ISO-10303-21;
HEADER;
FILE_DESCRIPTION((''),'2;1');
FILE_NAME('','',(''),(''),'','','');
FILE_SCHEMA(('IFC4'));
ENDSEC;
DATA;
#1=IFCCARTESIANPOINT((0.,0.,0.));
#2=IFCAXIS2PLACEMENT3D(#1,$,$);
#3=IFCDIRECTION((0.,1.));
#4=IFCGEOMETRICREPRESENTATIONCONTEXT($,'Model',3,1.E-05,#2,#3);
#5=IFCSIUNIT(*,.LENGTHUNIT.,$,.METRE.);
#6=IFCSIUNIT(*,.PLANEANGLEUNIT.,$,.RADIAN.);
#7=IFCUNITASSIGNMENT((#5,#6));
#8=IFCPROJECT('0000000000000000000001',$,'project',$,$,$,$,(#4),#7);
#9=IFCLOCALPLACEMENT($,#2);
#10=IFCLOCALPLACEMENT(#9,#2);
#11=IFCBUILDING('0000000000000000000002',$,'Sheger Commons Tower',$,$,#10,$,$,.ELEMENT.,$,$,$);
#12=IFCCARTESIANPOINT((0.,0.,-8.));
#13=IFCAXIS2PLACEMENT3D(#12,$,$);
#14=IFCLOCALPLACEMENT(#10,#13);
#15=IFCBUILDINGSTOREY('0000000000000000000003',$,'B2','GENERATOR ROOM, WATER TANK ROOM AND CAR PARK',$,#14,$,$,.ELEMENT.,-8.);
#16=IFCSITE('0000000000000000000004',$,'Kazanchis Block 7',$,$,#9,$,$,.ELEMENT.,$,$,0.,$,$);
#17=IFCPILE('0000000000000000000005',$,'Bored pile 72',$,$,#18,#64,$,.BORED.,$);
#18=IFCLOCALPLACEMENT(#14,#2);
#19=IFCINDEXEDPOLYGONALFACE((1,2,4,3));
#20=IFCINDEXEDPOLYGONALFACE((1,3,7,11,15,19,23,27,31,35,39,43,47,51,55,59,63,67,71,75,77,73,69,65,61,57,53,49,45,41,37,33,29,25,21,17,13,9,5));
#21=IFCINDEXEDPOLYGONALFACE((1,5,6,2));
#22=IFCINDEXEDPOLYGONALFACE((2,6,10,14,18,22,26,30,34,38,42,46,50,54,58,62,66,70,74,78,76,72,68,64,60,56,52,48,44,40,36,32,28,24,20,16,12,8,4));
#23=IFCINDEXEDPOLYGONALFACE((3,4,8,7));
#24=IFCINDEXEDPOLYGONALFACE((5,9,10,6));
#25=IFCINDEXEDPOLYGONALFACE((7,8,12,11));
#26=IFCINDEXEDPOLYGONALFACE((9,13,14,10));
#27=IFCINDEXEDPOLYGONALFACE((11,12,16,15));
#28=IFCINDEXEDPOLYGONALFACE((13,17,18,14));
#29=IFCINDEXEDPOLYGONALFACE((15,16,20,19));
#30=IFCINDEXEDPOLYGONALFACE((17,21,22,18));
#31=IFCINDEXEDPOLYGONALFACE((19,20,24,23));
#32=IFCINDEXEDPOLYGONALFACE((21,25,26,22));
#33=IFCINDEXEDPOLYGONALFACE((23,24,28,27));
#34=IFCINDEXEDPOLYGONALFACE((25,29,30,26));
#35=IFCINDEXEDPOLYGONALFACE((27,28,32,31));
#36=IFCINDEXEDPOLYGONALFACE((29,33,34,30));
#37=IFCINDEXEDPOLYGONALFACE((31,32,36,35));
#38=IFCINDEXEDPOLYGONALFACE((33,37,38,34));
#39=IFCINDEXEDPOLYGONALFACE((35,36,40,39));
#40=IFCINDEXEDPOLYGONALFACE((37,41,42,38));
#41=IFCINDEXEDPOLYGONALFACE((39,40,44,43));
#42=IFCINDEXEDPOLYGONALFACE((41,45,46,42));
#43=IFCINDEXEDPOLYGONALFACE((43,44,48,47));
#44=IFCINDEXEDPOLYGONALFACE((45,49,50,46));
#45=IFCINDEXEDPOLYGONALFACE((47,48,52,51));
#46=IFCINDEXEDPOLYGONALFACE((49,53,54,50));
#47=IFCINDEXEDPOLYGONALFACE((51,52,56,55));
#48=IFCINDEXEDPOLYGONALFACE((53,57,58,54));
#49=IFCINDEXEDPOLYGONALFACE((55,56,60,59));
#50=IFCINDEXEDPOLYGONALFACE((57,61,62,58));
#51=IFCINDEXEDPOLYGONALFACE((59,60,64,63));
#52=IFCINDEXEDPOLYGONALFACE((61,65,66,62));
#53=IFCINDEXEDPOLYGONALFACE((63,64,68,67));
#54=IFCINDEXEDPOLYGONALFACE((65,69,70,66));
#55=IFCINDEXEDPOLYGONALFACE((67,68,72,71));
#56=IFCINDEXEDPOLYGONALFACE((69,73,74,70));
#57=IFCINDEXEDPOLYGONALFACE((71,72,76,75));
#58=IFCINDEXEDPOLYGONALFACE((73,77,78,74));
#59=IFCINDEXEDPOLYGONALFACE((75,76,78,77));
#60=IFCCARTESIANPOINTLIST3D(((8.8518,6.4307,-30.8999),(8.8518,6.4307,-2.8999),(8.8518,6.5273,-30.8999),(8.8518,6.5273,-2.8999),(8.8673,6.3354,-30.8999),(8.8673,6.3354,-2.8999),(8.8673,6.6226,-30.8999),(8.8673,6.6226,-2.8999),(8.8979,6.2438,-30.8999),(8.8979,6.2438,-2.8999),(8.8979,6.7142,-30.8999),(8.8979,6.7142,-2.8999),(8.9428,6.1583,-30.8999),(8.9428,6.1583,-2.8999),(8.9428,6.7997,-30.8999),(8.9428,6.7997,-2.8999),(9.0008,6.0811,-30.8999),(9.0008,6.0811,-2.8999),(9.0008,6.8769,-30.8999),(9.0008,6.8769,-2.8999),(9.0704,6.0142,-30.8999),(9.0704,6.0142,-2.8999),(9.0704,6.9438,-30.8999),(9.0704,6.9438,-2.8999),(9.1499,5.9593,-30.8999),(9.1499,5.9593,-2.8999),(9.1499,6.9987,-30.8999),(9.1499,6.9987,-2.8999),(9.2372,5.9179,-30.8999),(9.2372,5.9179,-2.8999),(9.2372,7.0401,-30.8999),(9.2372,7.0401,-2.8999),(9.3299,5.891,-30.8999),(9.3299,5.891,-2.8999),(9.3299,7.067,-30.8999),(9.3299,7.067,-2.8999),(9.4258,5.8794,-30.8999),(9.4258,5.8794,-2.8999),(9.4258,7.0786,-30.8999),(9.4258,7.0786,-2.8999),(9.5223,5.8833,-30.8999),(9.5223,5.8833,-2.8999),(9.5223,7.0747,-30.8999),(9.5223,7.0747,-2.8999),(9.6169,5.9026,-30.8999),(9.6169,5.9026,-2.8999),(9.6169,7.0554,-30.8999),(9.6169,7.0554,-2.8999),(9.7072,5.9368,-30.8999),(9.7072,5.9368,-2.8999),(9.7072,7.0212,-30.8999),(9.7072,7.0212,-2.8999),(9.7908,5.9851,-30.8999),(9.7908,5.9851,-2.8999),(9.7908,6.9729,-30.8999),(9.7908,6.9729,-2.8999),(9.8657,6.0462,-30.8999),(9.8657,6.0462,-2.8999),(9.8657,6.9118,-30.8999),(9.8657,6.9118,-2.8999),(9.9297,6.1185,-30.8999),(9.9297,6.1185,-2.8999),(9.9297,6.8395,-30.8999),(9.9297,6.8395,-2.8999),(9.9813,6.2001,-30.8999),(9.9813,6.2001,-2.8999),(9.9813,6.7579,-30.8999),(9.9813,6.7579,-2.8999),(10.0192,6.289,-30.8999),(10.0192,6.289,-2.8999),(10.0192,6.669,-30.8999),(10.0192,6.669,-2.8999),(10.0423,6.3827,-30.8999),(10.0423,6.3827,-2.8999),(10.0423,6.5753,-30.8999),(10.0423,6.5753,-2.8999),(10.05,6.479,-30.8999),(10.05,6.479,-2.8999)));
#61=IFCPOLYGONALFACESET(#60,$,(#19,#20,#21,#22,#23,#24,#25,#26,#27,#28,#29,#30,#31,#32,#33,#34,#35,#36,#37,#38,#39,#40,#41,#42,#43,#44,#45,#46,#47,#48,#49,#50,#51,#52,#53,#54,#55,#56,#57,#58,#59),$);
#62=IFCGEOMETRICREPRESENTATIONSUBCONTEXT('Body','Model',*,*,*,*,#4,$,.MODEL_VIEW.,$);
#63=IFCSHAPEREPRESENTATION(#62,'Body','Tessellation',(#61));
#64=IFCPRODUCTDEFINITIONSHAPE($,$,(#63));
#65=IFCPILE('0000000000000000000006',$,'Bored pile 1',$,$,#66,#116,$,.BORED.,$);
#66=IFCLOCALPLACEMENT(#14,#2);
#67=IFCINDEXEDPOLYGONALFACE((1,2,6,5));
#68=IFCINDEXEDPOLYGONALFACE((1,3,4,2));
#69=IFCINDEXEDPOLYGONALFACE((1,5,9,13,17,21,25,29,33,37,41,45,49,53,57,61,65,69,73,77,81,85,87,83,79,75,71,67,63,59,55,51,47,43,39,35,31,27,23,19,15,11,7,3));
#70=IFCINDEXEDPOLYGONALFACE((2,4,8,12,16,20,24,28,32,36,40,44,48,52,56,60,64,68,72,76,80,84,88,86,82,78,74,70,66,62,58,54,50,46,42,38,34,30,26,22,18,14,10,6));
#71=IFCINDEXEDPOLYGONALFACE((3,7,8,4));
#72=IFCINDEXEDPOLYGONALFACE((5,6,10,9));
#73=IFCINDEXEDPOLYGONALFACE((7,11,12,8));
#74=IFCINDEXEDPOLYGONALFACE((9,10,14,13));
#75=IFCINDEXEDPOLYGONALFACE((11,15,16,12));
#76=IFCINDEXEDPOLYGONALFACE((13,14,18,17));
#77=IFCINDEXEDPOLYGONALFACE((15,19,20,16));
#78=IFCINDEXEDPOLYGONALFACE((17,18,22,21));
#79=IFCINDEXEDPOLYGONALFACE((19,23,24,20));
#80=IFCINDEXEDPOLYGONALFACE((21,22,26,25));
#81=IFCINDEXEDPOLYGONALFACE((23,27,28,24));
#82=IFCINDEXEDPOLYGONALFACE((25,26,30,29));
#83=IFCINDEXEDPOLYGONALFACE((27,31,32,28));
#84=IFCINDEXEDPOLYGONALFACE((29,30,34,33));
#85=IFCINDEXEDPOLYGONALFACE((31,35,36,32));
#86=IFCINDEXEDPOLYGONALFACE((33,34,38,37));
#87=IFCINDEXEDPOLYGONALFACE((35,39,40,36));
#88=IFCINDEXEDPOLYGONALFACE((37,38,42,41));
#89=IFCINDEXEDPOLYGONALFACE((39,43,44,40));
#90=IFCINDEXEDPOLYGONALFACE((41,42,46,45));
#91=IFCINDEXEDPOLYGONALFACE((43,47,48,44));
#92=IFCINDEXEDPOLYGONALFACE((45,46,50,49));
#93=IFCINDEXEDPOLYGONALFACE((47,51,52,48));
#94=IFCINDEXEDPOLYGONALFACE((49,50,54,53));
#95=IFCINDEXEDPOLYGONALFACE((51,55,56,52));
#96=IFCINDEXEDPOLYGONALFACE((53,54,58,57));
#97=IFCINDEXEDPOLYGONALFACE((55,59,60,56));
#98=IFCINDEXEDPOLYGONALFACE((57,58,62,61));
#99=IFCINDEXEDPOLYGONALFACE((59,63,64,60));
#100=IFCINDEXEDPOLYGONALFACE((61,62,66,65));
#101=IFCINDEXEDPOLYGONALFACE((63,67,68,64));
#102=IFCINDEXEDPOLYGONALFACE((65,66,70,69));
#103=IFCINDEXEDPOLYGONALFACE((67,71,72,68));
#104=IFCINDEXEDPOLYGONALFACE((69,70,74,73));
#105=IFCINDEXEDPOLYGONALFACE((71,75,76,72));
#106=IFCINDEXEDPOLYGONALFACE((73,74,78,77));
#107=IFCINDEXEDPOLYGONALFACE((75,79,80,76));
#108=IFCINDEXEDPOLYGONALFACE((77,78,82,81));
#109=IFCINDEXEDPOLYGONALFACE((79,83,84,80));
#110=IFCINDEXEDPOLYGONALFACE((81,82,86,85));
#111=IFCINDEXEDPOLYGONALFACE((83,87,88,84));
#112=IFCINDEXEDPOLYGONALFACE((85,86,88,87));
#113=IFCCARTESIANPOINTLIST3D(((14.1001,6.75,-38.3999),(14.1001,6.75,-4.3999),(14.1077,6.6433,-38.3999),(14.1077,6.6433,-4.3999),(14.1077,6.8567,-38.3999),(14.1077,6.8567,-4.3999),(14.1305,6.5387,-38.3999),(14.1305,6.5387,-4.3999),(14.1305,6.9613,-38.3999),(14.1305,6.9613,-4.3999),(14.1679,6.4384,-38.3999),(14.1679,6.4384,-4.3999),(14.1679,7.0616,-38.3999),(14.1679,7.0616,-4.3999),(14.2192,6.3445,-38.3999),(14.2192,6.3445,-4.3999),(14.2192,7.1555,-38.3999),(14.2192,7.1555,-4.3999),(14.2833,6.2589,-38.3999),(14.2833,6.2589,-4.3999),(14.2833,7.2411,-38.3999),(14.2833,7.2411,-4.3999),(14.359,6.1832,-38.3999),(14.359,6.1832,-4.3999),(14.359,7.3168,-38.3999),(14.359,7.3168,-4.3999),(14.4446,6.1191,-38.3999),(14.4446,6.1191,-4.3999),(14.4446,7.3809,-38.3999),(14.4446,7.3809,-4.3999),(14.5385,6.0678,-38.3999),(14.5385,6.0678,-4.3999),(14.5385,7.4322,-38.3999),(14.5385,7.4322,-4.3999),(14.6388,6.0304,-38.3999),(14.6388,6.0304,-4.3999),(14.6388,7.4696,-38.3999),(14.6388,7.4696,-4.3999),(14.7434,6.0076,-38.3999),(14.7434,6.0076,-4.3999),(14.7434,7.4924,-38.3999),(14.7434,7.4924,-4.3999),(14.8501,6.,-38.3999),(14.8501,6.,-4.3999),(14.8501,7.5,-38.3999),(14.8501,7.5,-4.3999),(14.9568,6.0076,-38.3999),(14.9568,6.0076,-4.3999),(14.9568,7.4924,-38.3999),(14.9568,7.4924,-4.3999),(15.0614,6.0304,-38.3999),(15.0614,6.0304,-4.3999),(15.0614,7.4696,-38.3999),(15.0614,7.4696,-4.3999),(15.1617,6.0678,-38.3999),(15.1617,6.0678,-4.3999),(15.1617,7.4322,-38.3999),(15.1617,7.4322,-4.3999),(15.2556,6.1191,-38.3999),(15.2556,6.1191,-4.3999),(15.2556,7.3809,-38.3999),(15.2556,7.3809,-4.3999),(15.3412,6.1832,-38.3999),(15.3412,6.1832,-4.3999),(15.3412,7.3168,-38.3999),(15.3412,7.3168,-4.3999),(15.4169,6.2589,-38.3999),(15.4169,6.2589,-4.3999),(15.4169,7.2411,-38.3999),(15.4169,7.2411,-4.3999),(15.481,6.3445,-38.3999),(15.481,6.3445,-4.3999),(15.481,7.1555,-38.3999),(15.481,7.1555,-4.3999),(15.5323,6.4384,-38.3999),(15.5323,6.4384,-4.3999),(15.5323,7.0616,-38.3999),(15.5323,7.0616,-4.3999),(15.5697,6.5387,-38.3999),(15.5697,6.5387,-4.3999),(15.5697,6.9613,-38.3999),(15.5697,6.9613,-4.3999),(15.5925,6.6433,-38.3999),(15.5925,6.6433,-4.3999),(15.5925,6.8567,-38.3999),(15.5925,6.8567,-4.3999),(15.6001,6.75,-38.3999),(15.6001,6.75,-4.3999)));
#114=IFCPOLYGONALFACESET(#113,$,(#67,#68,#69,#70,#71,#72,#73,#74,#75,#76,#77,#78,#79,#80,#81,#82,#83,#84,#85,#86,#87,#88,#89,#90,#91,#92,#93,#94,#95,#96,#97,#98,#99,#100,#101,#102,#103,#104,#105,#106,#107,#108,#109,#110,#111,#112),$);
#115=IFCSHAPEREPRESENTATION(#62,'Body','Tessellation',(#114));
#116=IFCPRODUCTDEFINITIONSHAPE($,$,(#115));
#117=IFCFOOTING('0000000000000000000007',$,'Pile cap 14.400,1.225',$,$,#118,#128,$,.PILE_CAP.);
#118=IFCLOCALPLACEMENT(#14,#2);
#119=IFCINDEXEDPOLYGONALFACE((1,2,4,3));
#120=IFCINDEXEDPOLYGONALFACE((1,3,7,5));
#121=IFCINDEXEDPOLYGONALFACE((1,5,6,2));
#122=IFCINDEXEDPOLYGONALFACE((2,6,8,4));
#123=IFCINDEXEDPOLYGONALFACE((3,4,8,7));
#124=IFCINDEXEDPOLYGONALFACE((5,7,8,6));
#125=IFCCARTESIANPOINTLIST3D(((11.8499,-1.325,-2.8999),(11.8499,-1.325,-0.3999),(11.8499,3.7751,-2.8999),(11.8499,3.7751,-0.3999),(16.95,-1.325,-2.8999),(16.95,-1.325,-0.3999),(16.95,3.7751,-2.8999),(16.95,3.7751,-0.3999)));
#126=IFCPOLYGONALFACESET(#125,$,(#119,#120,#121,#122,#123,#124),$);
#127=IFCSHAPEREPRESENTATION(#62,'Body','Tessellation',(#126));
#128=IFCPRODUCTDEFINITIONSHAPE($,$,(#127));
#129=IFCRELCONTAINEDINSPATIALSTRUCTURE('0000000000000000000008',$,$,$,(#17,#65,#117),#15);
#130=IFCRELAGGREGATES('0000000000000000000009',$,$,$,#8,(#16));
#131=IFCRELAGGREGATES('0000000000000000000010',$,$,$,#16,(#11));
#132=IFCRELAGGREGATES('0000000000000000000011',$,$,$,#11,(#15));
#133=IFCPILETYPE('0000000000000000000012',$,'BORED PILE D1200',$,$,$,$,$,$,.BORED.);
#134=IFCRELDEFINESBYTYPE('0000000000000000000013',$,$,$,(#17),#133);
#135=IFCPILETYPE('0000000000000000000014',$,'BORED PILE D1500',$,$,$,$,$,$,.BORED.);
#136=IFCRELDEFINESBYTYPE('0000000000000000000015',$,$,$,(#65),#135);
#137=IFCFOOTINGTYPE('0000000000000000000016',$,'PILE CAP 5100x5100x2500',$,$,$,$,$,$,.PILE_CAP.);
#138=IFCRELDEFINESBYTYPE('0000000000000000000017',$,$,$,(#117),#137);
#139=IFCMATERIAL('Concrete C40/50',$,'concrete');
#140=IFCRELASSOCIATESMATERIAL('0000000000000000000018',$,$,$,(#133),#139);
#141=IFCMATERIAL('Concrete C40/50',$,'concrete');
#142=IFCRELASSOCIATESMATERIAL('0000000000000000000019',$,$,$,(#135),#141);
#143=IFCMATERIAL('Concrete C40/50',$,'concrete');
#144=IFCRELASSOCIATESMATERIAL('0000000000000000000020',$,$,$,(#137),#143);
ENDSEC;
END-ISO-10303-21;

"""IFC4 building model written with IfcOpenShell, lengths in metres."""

from ifc_helpers import new_model, si_unit, direction, frame, origin, origin_2d, place, context, subcontext, project, spatial, rectangle, circle, extrude, material, material_profile, profile_set, type_object, element, save


model = new_model("IFC4")

# Units and contexts
model_context = context("Model", 3, precision=1e-05, world=origin(), true_north=direction((0.0, 1.0)))
body_context = subcontext(model_context, "Body", "Model", "MODEL_VIEW")
ifc_project = project(units=[si_unit("LENGTHUNIT", "METRE"), si_unit("PLANEANGLEUNIT", "RADIAN")], contexts=[model_context])

# Site, building, storey
site_placement = place(None, origin())
site = spatial("IfcSite", under=ifc_project, at=site_placement, Name="Kazanchis Block 7", CompositionType="ELEMENT", RefElevation=0.0)
building_placement = place(site_placement, origin())
building = spatial("IfcBuilding", under=site, at=building_placement, Name="Sheger Commons Tower", CompositionType="ELEMENT")
storey_placement = place(building_placement, frame((0.0, 0.0, -8.0)))
storey = spatial("IfcBuildingStorey", under=building, at=storey_placement, Name="B2", Description="GENERATOR ROOM, WATER TANK ROOM AND CAR PARK", CompositionType="ELEMENT", Elevation=-8.0)

# Piles
ifc_material_1 = material(Name="Concrete C40/50", Category="concrete")
ifc_material_profile_1 = material_profile(ifc_material_1, circle(Radius=0.6001, at=origin_2d()), Name="PILE D1200")
ifc_profile_set_1 = profile_set([ifc_material_profile_1], Name="Concrete C40/50")
pile_type_1 = type_object("IfcPileType", Name="BORED PILE D1200", PredefinedType="BORED", material=ifc_profile_set_1)
for number, where, z_axis, x_axis, name in (
    (1, (9.45, 6.479, -2.8999), (0.0, 0.0, -1.0), (1.0, 0.0, 0.0), "Bored pile 72"),
):
    element("IfcPile", number, at=place(storey_placement, frame(where, z_axis=z_axis, x_axis=x_axis)), inside=storey, type_object=pile_type_1, Name=name, PredefinedType="BORED", context=body_context, shape_type="SweptSolid", body=[
        extrude(circle(Radius=0.6001, at=origin_2d()), origin(), (0.0, 0.0, 1.0), 28.0),
    ])
ifc_material_2 = material(Name="Concrete C40/50", Category="concrete")
ifc_material_profile_2 = material_profile(ifc_material_2, circle(Radius=0.75, at=origin_2d()), Name="PILE D1500")
ifc_profile_set_2 = profile_set([ifc_material_profile_2], Name="Concrete C40/50")
pile_type_2 = type_object("IfcPileType", Name="BORED PILE D1500", PredefinedType="BORED", material=ifc_profile_set_2)
pile_placement = place(storey_placement, frame((14.8501, 6.75, -4.3999), z_axis=(0.0, 0.0, -1.0), x_axis=(1.0, 0.0, 0.0)))
element("IfcPile", 2, at=pile_placement, inside=storey, type_object=pile_type_2, Name="Bored pile 1", PredefinedType="BORED", context=body_context, shape_type="SweptSolid", body=[
    extrude(circle(Radius=0.75, at=origin_2d()), origin(), (0.0, 0.0, 1.0), 34.0),
])

# Footing
ifc_material_3 = material(Name="Concrete C40/50", Category="concrete")
footing_type = type_object("IfcFootingType", Name="PILE CAP 5100x5100x2500", PredefinedType="PILE_CAP", material=ifc_material_3)
footing_placement = place(storey_placement, frame((14.3999, 1.2251, -2.8999), z_axis=(0.0, 0.0, 1.0), x_axis=(1.0, 0.0, 0.0)))
element("IfcFooting", 3, at=footing_placement, inside=storey, type_object=footing_type, Name="Pile cap 14.400,1.225", PredefinedType="PILE_CAP", context=body_context, shape_type="SweptSolid", body=[
    extrude(rectangle(XDim=5.1001, YDim=5.1001, at=origin_2d()), origin(), (0.0, 0.0, 1.0), 2.5),
])

save(model, "model.ifc")
